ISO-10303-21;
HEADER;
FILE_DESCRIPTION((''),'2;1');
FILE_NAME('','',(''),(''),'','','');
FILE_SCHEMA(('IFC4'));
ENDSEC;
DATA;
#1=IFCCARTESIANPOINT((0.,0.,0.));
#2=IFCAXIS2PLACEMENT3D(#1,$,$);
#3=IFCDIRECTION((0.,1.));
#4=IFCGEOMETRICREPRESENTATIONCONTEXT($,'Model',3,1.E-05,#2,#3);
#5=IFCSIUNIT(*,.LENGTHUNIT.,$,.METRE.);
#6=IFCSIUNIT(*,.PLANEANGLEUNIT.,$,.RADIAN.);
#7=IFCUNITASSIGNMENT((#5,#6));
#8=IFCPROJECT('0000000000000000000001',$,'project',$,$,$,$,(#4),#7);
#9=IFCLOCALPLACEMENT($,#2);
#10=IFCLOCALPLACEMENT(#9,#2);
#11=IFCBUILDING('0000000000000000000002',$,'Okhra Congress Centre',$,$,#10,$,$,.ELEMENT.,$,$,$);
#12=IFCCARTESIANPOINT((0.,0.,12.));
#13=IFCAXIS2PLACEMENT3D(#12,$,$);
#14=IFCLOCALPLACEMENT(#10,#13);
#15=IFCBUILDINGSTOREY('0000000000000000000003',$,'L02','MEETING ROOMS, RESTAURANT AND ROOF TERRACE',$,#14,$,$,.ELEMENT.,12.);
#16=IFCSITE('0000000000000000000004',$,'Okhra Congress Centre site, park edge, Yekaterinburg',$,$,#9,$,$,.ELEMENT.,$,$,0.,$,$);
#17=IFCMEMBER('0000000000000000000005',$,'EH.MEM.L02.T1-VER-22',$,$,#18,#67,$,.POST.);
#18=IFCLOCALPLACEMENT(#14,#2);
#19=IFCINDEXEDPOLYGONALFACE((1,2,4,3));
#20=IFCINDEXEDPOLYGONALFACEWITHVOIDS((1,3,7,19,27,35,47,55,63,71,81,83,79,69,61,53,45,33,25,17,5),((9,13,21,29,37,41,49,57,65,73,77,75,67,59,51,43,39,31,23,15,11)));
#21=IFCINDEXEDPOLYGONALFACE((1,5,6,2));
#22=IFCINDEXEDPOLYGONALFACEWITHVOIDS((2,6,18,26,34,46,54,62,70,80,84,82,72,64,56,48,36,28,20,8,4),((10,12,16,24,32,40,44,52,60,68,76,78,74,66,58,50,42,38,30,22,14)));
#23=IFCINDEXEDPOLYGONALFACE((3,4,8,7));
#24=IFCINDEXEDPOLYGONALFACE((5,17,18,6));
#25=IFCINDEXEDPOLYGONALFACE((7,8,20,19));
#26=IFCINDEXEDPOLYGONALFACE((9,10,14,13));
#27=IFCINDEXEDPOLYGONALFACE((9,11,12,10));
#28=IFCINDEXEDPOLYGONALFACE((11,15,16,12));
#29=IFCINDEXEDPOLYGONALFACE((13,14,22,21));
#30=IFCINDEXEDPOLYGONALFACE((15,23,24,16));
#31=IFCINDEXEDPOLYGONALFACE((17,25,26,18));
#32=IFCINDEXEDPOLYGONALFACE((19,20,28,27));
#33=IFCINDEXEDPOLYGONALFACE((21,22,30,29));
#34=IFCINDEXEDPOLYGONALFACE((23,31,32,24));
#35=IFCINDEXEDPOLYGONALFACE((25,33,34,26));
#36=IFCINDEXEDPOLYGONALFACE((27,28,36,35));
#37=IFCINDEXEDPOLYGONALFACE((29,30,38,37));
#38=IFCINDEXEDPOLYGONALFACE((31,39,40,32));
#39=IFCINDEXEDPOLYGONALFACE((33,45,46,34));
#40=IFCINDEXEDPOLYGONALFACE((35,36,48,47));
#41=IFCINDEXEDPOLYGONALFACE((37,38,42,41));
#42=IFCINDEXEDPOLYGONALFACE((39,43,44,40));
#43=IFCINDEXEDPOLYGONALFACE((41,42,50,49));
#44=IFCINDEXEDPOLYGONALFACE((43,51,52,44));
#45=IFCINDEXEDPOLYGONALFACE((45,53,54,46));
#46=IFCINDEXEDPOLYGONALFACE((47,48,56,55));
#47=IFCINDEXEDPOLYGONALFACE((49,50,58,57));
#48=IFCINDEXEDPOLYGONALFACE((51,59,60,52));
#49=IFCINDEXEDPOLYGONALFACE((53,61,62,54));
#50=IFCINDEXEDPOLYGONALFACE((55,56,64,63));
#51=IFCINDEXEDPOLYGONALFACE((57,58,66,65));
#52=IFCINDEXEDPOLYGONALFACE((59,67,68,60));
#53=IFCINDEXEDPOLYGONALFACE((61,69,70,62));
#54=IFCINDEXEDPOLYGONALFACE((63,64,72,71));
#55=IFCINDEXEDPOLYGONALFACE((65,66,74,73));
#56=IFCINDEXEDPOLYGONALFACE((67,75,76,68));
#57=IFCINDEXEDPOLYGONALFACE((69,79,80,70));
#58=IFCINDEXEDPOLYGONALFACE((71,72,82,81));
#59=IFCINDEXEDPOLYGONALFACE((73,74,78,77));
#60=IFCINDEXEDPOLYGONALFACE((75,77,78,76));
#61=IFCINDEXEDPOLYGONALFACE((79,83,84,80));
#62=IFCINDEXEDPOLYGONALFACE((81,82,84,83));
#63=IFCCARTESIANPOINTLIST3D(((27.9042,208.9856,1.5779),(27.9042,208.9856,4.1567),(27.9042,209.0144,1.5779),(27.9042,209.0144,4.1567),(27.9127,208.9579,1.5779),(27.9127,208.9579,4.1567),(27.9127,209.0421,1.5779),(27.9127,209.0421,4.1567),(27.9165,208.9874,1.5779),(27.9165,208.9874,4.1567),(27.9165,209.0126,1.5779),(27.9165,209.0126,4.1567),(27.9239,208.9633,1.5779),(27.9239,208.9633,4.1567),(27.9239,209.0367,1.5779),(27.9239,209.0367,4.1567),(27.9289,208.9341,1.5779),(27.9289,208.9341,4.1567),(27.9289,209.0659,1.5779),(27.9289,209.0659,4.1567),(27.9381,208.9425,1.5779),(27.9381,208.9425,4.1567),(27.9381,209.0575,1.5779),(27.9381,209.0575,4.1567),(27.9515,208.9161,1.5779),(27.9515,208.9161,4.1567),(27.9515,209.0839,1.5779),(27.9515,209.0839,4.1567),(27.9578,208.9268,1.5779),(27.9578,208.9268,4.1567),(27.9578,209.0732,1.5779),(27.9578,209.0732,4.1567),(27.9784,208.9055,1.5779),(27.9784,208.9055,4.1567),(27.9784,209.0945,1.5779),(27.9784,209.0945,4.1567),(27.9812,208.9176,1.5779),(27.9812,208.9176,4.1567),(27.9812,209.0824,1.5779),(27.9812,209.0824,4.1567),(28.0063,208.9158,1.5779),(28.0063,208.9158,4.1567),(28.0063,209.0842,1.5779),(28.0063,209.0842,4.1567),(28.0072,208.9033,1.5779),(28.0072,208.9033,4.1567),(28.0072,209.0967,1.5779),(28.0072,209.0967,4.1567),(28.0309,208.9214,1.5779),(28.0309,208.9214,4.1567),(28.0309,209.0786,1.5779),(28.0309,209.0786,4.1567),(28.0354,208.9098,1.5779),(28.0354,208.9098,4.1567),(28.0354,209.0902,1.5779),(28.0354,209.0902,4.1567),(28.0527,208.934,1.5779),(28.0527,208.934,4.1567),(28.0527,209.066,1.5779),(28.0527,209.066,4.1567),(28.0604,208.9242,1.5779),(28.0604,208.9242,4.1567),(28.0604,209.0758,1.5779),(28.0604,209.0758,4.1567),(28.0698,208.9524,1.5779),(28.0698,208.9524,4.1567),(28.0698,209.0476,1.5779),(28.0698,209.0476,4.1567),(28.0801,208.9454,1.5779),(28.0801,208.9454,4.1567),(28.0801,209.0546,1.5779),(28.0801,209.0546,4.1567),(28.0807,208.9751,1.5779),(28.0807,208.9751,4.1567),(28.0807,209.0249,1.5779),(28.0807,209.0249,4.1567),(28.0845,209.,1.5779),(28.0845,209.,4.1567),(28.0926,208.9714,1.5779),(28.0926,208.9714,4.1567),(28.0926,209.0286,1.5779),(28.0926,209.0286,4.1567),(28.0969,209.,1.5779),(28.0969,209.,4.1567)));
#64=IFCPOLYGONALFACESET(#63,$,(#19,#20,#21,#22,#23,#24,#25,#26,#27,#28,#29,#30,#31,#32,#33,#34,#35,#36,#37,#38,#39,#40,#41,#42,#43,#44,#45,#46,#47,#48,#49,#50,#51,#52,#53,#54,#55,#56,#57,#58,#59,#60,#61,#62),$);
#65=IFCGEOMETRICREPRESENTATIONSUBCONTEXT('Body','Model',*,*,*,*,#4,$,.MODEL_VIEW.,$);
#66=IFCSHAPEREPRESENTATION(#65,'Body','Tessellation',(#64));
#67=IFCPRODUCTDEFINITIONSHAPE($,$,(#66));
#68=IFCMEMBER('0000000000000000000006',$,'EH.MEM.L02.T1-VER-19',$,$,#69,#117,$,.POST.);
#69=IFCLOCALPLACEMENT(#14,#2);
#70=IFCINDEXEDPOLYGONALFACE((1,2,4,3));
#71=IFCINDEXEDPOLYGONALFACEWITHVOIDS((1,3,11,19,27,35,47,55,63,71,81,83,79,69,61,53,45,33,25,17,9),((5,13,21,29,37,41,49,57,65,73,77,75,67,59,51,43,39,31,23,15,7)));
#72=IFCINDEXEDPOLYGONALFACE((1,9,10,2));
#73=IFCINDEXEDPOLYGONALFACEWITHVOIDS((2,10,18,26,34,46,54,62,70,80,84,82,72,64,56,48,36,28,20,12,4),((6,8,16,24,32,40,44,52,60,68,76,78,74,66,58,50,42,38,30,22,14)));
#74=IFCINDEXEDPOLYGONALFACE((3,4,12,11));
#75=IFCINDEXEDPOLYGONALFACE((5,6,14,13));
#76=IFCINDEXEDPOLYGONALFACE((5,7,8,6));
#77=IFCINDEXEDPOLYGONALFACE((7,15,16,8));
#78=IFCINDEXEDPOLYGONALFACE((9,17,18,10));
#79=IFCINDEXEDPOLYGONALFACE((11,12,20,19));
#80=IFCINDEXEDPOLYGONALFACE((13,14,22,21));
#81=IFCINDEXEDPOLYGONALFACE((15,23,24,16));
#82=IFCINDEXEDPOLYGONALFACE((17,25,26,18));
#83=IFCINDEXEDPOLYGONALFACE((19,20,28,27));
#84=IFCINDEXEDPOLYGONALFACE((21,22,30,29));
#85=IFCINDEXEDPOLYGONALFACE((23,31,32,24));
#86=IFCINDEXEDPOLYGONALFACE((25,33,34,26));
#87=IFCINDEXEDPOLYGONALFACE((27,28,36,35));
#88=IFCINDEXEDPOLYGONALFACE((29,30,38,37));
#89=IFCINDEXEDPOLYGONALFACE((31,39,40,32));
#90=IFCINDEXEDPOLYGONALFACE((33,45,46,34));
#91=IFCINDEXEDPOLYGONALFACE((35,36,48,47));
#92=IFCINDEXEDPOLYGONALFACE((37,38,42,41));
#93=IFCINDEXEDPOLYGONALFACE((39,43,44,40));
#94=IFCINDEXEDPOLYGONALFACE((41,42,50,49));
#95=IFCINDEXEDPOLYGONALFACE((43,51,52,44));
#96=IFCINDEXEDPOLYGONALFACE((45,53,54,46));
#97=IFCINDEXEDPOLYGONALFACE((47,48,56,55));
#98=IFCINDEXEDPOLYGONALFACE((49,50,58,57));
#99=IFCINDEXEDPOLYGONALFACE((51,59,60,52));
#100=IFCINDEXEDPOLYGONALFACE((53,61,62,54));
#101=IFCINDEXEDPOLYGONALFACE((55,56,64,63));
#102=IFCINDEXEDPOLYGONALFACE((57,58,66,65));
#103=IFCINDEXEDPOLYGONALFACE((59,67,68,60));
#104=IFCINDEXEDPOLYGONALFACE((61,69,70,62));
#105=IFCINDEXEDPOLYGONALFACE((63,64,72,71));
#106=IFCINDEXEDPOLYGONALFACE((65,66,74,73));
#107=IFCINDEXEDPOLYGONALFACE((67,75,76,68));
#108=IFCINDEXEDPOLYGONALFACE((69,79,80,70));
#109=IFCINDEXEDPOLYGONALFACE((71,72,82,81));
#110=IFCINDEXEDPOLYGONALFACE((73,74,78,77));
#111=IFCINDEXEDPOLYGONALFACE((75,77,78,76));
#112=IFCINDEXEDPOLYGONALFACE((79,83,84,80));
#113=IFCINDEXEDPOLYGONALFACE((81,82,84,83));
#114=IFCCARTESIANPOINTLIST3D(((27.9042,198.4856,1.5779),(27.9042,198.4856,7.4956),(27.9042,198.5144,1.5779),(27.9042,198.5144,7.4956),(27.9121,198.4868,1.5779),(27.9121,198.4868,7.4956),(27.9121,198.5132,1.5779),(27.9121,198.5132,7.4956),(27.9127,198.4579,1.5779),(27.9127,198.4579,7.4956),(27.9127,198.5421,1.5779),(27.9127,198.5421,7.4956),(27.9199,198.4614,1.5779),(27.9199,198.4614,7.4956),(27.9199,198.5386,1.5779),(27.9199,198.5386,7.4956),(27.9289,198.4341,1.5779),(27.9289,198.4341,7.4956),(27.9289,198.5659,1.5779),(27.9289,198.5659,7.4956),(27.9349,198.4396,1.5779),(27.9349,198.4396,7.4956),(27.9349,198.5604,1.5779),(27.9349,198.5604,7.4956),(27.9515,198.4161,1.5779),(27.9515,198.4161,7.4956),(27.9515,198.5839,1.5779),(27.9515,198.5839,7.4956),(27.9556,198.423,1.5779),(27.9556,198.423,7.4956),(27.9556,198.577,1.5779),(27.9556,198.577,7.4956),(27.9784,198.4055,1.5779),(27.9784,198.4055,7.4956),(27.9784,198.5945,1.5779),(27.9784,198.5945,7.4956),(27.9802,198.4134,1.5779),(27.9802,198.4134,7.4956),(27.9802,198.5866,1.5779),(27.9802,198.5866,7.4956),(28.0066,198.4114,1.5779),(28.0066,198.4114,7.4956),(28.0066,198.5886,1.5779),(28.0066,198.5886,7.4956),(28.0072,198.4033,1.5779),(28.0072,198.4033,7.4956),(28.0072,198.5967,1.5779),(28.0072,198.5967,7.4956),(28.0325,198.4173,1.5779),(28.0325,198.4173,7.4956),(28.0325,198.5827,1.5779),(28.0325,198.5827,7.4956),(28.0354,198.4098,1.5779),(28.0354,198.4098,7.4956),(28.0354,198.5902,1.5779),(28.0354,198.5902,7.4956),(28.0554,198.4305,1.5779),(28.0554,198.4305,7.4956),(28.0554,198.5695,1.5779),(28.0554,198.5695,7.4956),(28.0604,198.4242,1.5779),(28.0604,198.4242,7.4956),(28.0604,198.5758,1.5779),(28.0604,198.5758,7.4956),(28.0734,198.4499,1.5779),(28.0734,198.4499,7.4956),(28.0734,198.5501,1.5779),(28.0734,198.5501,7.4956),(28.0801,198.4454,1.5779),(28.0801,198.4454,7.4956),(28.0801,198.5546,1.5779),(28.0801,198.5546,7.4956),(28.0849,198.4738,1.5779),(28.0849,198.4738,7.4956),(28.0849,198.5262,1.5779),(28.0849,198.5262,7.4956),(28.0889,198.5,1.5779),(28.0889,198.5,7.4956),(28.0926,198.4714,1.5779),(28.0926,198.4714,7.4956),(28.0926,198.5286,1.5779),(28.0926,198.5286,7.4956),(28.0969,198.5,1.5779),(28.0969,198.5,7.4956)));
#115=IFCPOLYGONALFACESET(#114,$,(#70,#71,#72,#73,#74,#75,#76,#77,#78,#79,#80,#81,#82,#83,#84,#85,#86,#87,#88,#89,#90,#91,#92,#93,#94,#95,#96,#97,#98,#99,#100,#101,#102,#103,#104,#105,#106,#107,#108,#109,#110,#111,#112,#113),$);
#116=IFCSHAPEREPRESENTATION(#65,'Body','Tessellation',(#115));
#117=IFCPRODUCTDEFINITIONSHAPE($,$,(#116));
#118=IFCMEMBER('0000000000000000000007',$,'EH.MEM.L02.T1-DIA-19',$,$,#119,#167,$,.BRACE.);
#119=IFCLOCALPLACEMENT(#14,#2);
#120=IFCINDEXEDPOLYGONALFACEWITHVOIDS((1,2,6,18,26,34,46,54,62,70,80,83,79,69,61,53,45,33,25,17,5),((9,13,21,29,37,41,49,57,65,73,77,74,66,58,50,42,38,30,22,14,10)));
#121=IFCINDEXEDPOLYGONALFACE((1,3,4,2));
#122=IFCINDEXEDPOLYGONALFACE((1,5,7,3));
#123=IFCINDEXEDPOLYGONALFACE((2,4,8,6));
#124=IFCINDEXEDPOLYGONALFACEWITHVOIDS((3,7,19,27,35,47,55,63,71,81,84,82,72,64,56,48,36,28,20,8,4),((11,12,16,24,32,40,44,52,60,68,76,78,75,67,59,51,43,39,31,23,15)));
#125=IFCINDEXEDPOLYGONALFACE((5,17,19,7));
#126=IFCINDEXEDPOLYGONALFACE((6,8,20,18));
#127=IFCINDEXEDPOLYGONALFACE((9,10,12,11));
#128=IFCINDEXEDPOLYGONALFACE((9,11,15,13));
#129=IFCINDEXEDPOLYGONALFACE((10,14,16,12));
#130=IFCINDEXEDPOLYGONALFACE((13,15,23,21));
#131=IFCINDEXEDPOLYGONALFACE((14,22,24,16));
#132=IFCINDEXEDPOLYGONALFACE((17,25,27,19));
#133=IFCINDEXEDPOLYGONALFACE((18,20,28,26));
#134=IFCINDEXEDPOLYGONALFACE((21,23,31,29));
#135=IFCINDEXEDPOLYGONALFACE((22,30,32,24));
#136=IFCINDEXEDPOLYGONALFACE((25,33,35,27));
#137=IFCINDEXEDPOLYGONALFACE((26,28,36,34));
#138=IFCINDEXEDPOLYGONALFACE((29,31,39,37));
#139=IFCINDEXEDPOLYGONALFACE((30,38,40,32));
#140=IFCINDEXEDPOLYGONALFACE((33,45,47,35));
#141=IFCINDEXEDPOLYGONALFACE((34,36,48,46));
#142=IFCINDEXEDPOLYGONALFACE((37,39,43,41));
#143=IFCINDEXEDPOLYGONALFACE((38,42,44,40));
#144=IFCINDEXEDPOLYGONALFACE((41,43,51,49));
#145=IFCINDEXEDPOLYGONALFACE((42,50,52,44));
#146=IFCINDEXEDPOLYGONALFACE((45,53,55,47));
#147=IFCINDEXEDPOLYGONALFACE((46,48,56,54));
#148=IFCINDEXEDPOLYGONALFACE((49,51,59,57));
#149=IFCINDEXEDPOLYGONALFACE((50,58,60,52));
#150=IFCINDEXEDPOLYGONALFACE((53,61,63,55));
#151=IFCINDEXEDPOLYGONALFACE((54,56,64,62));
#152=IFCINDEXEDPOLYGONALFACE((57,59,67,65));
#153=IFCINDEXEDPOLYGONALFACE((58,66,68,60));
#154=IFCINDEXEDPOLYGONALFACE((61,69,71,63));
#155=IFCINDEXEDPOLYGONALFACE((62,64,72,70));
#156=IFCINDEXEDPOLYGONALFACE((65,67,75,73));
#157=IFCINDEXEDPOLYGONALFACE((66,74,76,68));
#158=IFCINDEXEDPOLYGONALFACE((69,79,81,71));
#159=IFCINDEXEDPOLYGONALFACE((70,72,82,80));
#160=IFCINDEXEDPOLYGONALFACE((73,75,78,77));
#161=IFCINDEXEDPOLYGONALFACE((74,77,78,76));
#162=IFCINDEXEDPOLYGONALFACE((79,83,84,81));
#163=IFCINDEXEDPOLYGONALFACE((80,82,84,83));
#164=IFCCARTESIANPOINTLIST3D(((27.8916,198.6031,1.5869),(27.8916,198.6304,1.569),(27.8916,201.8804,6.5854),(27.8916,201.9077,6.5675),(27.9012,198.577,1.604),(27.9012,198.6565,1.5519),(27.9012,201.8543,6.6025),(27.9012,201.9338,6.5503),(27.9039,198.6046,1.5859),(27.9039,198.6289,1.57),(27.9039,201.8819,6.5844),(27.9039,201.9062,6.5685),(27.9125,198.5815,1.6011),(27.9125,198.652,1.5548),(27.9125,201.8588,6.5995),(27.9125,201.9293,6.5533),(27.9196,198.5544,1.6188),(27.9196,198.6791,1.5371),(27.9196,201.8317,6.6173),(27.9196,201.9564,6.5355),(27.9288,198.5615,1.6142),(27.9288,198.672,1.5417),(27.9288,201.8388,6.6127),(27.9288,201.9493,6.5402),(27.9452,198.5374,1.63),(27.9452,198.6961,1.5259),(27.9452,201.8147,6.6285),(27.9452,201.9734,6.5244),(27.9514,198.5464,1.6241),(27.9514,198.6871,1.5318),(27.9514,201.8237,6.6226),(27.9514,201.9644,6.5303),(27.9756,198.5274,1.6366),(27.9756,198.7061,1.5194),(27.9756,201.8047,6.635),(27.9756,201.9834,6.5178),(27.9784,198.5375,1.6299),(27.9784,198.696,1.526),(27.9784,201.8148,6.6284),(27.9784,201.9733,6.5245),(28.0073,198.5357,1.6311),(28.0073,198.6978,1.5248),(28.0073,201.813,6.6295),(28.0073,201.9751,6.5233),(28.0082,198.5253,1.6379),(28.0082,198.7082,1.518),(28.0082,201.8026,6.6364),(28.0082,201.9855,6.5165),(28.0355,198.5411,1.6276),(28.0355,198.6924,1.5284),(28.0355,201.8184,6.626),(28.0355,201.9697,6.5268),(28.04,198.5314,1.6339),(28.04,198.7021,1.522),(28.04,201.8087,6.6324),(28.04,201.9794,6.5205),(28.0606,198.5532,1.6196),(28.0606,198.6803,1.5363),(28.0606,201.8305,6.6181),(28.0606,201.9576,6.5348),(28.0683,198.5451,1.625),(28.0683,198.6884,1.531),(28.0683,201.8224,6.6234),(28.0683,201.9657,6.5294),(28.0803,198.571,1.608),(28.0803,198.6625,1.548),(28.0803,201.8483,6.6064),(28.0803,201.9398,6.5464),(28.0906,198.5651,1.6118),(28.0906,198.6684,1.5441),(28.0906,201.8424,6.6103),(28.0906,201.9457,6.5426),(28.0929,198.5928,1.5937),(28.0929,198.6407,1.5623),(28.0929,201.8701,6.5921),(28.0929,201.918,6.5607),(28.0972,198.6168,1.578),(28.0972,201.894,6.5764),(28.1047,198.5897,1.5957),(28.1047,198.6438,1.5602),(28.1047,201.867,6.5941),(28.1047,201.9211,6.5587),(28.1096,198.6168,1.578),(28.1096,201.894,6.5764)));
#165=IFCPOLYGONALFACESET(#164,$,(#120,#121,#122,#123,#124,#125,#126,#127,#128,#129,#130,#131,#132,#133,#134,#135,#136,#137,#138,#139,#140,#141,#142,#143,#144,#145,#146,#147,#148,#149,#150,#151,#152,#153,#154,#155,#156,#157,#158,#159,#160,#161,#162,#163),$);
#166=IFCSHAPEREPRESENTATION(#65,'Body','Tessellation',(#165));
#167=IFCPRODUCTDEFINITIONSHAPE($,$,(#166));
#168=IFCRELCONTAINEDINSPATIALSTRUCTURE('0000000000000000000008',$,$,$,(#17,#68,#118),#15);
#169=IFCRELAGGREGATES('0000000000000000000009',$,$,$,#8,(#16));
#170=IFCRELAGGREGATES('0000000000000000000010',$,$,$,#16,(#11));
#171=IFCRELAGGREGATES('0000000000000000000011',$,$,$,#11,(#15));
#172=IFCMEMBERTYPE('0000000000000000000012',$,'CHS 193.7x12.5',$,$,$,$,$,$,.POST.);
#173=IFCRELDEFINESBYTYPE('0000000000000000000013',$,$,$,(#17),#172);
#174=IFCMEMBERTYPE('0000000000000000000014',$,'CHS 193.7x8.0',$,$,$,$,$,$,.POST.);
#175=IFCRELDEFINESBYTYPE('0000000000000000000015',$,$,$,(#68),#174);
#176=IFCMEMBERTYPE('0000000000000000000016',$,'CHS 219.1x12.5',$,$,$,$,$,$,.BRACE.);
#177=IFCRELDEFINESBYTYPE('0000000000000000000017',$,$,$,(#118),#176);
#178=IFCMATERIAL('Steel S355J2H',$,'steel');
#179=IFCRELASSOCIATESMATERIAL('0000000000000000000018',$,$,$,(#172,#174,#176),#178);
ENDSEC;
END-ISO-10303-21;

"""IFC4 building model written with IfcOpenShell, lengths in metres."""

from ifc_helpers import new_model, si_unit, direction, frame, origin, origin_2d, place, context, subcontext, project, spatial, hollow_circle, extrude, material, material_profile, profile_set, type_object, element, save


model = new_model("IFC4")

# Units and contexts
model_context = context("Model", 3, precision=1e-05, world=origin(), true_north=direction((0.0, 1.0)))
body_context = subcontext(model_context, "Body", "Model", "MODEL_VIEW")
ifc_project = project(units=[si_unit("LENGTHUNIT", "METRE"), si_unit("PLANEANGLEUNIT", "RADIAN")], contexts=[model_context])

# Site, building, storey
site_placement = place(None, origin())
site = spatial("IfcSite", under=ifc_project, at=site_placement, Name="Okhra Congress Centre site, park edge, Yekaterinburg", CompositionType="ELEMENT", RefElevation=0.0)
building_placement = place(site_placement, origin())
building = spatial("IfcBuilding", under=site, at=building_placement, Name="Okhra Congress Centre", CompositionType="ELEMENT")
storey_placement = place(building_placement, frame((0.0, 0.0, 12.0)))
storey = spatial("IfcBuildingStorey", under=building, at=storey_placement, Name="L02", Description="MEETING ROOMS, RESTAURANT AND ROOF TERRACE", CompositionType="ELEMENT", Elevation=12.0)

# Members
ifc_material_1 = material(Name="Steel S355J2H", Category="steel")
ifc_material_profile_1 = material_profile(ifc_material_1, hollow_circle(Radius=0.0969, WallThickness=0.0125, at=origin_2d()), Name="CHS 193.7x12.5")
ifc_profile_set_1 = profile_set([ifc_material_profile_1], Name="Steel S355J2H")
member_type_1 = type_object("IfcMemberType", Name="CHS 193.7x12.5", PredefinedType="POST", material=ifc_profile_set_1)
member_1_placement = place(storey_placement, frame((28.0, 209.0, 1.5779), z_axis=(0.0, 0.0, 1.0), x_axis=(1.0, 0.0, 0.0)))
element("IfcMember", 1, at=member_1_placement, inside=storey, type_object=member_type_1, Name="EH.MEM.L02.T1-VER-22", PredefinedType="POST", context=body_context, shape_type="SweptSolid", body=[
    extrude(hollow_circle(Radius=0.0969, WallThickness=0.0125, at=origin_2d()), origin(), (0.0, 0.0, 1.0), 2.5789),
])
ifc_material_profile_2 = material_profile(ifc_material_1, hollow_circle(Radius=0.0969, WallThickness=0.0081, at=origin_2d()), Name="CHS 193.7x8.0")
ifc_profile_set_2 = profile_set([ifc_material_profile_2], Name="Steel S355J2H")
member_type_2 = type_object("IfcMemberType", Name="CHS 193.7x8.0", PredefinedType="POST", material=ifc_profile_set_2)
member_2_placement = place(storey_placement, frame((28.0, 198.5, 1.5779), z_axis=(0.0, 0.0, 1.0), x_axis=(1.0, 0.0, 0.0)))
element("IfcMember", 2, at=member_2_placement, inside=storey, type_object=member_type_2, Name="EH.MEM.L02.T1-VER-19", PredefinedType="POST", context=body_context, shape_type="SweptSolid", body=[
    extrude(hollow_circle(Radius=0.0969, WallThickness=0.0081, at=origin_2d()), origin(), (0.0, 0.0, 1.0), 5.9177),
])
ifc_material_profile_3 = material_profile(ifc_material_1, hollow_circle(Radius=0.1096, WallThickness=0.0125, at=origin_2d()), Name="CHS 219.1x12.5")
ifc_profile_set_3 = profile_set([ifc_material_profile_3], Name="Steel S355J2H")
member_type_3 = type_object("IfcMemberType", Name="CHS 219.1x12.5", PredefinedType="BRACE", material=ifc_profile_set_3)
member_3_placement = place(storey_placement, frame((28.0, 201.894, 6.5764), z_axis=(0.0, -0.548312, -0.836274), x_axis=(1.0, 0.0, 0.0)))
element("IfcMember", 3, at=member_3_placement, inside=storey, type_object=member_type_3, Name="EH.MEM.L02.T1-DIA-19", PredefinedType="BRACE", context=body_context, shape_type="SweptSolid", body=[
    extrude(hollow_circle(Radius=0.1096, WallThickness=0.0125, at=origin_2d()), origin(), (0.0, 0.0, 1.0), 5.9771),
])

save(model, "model.ifc")
